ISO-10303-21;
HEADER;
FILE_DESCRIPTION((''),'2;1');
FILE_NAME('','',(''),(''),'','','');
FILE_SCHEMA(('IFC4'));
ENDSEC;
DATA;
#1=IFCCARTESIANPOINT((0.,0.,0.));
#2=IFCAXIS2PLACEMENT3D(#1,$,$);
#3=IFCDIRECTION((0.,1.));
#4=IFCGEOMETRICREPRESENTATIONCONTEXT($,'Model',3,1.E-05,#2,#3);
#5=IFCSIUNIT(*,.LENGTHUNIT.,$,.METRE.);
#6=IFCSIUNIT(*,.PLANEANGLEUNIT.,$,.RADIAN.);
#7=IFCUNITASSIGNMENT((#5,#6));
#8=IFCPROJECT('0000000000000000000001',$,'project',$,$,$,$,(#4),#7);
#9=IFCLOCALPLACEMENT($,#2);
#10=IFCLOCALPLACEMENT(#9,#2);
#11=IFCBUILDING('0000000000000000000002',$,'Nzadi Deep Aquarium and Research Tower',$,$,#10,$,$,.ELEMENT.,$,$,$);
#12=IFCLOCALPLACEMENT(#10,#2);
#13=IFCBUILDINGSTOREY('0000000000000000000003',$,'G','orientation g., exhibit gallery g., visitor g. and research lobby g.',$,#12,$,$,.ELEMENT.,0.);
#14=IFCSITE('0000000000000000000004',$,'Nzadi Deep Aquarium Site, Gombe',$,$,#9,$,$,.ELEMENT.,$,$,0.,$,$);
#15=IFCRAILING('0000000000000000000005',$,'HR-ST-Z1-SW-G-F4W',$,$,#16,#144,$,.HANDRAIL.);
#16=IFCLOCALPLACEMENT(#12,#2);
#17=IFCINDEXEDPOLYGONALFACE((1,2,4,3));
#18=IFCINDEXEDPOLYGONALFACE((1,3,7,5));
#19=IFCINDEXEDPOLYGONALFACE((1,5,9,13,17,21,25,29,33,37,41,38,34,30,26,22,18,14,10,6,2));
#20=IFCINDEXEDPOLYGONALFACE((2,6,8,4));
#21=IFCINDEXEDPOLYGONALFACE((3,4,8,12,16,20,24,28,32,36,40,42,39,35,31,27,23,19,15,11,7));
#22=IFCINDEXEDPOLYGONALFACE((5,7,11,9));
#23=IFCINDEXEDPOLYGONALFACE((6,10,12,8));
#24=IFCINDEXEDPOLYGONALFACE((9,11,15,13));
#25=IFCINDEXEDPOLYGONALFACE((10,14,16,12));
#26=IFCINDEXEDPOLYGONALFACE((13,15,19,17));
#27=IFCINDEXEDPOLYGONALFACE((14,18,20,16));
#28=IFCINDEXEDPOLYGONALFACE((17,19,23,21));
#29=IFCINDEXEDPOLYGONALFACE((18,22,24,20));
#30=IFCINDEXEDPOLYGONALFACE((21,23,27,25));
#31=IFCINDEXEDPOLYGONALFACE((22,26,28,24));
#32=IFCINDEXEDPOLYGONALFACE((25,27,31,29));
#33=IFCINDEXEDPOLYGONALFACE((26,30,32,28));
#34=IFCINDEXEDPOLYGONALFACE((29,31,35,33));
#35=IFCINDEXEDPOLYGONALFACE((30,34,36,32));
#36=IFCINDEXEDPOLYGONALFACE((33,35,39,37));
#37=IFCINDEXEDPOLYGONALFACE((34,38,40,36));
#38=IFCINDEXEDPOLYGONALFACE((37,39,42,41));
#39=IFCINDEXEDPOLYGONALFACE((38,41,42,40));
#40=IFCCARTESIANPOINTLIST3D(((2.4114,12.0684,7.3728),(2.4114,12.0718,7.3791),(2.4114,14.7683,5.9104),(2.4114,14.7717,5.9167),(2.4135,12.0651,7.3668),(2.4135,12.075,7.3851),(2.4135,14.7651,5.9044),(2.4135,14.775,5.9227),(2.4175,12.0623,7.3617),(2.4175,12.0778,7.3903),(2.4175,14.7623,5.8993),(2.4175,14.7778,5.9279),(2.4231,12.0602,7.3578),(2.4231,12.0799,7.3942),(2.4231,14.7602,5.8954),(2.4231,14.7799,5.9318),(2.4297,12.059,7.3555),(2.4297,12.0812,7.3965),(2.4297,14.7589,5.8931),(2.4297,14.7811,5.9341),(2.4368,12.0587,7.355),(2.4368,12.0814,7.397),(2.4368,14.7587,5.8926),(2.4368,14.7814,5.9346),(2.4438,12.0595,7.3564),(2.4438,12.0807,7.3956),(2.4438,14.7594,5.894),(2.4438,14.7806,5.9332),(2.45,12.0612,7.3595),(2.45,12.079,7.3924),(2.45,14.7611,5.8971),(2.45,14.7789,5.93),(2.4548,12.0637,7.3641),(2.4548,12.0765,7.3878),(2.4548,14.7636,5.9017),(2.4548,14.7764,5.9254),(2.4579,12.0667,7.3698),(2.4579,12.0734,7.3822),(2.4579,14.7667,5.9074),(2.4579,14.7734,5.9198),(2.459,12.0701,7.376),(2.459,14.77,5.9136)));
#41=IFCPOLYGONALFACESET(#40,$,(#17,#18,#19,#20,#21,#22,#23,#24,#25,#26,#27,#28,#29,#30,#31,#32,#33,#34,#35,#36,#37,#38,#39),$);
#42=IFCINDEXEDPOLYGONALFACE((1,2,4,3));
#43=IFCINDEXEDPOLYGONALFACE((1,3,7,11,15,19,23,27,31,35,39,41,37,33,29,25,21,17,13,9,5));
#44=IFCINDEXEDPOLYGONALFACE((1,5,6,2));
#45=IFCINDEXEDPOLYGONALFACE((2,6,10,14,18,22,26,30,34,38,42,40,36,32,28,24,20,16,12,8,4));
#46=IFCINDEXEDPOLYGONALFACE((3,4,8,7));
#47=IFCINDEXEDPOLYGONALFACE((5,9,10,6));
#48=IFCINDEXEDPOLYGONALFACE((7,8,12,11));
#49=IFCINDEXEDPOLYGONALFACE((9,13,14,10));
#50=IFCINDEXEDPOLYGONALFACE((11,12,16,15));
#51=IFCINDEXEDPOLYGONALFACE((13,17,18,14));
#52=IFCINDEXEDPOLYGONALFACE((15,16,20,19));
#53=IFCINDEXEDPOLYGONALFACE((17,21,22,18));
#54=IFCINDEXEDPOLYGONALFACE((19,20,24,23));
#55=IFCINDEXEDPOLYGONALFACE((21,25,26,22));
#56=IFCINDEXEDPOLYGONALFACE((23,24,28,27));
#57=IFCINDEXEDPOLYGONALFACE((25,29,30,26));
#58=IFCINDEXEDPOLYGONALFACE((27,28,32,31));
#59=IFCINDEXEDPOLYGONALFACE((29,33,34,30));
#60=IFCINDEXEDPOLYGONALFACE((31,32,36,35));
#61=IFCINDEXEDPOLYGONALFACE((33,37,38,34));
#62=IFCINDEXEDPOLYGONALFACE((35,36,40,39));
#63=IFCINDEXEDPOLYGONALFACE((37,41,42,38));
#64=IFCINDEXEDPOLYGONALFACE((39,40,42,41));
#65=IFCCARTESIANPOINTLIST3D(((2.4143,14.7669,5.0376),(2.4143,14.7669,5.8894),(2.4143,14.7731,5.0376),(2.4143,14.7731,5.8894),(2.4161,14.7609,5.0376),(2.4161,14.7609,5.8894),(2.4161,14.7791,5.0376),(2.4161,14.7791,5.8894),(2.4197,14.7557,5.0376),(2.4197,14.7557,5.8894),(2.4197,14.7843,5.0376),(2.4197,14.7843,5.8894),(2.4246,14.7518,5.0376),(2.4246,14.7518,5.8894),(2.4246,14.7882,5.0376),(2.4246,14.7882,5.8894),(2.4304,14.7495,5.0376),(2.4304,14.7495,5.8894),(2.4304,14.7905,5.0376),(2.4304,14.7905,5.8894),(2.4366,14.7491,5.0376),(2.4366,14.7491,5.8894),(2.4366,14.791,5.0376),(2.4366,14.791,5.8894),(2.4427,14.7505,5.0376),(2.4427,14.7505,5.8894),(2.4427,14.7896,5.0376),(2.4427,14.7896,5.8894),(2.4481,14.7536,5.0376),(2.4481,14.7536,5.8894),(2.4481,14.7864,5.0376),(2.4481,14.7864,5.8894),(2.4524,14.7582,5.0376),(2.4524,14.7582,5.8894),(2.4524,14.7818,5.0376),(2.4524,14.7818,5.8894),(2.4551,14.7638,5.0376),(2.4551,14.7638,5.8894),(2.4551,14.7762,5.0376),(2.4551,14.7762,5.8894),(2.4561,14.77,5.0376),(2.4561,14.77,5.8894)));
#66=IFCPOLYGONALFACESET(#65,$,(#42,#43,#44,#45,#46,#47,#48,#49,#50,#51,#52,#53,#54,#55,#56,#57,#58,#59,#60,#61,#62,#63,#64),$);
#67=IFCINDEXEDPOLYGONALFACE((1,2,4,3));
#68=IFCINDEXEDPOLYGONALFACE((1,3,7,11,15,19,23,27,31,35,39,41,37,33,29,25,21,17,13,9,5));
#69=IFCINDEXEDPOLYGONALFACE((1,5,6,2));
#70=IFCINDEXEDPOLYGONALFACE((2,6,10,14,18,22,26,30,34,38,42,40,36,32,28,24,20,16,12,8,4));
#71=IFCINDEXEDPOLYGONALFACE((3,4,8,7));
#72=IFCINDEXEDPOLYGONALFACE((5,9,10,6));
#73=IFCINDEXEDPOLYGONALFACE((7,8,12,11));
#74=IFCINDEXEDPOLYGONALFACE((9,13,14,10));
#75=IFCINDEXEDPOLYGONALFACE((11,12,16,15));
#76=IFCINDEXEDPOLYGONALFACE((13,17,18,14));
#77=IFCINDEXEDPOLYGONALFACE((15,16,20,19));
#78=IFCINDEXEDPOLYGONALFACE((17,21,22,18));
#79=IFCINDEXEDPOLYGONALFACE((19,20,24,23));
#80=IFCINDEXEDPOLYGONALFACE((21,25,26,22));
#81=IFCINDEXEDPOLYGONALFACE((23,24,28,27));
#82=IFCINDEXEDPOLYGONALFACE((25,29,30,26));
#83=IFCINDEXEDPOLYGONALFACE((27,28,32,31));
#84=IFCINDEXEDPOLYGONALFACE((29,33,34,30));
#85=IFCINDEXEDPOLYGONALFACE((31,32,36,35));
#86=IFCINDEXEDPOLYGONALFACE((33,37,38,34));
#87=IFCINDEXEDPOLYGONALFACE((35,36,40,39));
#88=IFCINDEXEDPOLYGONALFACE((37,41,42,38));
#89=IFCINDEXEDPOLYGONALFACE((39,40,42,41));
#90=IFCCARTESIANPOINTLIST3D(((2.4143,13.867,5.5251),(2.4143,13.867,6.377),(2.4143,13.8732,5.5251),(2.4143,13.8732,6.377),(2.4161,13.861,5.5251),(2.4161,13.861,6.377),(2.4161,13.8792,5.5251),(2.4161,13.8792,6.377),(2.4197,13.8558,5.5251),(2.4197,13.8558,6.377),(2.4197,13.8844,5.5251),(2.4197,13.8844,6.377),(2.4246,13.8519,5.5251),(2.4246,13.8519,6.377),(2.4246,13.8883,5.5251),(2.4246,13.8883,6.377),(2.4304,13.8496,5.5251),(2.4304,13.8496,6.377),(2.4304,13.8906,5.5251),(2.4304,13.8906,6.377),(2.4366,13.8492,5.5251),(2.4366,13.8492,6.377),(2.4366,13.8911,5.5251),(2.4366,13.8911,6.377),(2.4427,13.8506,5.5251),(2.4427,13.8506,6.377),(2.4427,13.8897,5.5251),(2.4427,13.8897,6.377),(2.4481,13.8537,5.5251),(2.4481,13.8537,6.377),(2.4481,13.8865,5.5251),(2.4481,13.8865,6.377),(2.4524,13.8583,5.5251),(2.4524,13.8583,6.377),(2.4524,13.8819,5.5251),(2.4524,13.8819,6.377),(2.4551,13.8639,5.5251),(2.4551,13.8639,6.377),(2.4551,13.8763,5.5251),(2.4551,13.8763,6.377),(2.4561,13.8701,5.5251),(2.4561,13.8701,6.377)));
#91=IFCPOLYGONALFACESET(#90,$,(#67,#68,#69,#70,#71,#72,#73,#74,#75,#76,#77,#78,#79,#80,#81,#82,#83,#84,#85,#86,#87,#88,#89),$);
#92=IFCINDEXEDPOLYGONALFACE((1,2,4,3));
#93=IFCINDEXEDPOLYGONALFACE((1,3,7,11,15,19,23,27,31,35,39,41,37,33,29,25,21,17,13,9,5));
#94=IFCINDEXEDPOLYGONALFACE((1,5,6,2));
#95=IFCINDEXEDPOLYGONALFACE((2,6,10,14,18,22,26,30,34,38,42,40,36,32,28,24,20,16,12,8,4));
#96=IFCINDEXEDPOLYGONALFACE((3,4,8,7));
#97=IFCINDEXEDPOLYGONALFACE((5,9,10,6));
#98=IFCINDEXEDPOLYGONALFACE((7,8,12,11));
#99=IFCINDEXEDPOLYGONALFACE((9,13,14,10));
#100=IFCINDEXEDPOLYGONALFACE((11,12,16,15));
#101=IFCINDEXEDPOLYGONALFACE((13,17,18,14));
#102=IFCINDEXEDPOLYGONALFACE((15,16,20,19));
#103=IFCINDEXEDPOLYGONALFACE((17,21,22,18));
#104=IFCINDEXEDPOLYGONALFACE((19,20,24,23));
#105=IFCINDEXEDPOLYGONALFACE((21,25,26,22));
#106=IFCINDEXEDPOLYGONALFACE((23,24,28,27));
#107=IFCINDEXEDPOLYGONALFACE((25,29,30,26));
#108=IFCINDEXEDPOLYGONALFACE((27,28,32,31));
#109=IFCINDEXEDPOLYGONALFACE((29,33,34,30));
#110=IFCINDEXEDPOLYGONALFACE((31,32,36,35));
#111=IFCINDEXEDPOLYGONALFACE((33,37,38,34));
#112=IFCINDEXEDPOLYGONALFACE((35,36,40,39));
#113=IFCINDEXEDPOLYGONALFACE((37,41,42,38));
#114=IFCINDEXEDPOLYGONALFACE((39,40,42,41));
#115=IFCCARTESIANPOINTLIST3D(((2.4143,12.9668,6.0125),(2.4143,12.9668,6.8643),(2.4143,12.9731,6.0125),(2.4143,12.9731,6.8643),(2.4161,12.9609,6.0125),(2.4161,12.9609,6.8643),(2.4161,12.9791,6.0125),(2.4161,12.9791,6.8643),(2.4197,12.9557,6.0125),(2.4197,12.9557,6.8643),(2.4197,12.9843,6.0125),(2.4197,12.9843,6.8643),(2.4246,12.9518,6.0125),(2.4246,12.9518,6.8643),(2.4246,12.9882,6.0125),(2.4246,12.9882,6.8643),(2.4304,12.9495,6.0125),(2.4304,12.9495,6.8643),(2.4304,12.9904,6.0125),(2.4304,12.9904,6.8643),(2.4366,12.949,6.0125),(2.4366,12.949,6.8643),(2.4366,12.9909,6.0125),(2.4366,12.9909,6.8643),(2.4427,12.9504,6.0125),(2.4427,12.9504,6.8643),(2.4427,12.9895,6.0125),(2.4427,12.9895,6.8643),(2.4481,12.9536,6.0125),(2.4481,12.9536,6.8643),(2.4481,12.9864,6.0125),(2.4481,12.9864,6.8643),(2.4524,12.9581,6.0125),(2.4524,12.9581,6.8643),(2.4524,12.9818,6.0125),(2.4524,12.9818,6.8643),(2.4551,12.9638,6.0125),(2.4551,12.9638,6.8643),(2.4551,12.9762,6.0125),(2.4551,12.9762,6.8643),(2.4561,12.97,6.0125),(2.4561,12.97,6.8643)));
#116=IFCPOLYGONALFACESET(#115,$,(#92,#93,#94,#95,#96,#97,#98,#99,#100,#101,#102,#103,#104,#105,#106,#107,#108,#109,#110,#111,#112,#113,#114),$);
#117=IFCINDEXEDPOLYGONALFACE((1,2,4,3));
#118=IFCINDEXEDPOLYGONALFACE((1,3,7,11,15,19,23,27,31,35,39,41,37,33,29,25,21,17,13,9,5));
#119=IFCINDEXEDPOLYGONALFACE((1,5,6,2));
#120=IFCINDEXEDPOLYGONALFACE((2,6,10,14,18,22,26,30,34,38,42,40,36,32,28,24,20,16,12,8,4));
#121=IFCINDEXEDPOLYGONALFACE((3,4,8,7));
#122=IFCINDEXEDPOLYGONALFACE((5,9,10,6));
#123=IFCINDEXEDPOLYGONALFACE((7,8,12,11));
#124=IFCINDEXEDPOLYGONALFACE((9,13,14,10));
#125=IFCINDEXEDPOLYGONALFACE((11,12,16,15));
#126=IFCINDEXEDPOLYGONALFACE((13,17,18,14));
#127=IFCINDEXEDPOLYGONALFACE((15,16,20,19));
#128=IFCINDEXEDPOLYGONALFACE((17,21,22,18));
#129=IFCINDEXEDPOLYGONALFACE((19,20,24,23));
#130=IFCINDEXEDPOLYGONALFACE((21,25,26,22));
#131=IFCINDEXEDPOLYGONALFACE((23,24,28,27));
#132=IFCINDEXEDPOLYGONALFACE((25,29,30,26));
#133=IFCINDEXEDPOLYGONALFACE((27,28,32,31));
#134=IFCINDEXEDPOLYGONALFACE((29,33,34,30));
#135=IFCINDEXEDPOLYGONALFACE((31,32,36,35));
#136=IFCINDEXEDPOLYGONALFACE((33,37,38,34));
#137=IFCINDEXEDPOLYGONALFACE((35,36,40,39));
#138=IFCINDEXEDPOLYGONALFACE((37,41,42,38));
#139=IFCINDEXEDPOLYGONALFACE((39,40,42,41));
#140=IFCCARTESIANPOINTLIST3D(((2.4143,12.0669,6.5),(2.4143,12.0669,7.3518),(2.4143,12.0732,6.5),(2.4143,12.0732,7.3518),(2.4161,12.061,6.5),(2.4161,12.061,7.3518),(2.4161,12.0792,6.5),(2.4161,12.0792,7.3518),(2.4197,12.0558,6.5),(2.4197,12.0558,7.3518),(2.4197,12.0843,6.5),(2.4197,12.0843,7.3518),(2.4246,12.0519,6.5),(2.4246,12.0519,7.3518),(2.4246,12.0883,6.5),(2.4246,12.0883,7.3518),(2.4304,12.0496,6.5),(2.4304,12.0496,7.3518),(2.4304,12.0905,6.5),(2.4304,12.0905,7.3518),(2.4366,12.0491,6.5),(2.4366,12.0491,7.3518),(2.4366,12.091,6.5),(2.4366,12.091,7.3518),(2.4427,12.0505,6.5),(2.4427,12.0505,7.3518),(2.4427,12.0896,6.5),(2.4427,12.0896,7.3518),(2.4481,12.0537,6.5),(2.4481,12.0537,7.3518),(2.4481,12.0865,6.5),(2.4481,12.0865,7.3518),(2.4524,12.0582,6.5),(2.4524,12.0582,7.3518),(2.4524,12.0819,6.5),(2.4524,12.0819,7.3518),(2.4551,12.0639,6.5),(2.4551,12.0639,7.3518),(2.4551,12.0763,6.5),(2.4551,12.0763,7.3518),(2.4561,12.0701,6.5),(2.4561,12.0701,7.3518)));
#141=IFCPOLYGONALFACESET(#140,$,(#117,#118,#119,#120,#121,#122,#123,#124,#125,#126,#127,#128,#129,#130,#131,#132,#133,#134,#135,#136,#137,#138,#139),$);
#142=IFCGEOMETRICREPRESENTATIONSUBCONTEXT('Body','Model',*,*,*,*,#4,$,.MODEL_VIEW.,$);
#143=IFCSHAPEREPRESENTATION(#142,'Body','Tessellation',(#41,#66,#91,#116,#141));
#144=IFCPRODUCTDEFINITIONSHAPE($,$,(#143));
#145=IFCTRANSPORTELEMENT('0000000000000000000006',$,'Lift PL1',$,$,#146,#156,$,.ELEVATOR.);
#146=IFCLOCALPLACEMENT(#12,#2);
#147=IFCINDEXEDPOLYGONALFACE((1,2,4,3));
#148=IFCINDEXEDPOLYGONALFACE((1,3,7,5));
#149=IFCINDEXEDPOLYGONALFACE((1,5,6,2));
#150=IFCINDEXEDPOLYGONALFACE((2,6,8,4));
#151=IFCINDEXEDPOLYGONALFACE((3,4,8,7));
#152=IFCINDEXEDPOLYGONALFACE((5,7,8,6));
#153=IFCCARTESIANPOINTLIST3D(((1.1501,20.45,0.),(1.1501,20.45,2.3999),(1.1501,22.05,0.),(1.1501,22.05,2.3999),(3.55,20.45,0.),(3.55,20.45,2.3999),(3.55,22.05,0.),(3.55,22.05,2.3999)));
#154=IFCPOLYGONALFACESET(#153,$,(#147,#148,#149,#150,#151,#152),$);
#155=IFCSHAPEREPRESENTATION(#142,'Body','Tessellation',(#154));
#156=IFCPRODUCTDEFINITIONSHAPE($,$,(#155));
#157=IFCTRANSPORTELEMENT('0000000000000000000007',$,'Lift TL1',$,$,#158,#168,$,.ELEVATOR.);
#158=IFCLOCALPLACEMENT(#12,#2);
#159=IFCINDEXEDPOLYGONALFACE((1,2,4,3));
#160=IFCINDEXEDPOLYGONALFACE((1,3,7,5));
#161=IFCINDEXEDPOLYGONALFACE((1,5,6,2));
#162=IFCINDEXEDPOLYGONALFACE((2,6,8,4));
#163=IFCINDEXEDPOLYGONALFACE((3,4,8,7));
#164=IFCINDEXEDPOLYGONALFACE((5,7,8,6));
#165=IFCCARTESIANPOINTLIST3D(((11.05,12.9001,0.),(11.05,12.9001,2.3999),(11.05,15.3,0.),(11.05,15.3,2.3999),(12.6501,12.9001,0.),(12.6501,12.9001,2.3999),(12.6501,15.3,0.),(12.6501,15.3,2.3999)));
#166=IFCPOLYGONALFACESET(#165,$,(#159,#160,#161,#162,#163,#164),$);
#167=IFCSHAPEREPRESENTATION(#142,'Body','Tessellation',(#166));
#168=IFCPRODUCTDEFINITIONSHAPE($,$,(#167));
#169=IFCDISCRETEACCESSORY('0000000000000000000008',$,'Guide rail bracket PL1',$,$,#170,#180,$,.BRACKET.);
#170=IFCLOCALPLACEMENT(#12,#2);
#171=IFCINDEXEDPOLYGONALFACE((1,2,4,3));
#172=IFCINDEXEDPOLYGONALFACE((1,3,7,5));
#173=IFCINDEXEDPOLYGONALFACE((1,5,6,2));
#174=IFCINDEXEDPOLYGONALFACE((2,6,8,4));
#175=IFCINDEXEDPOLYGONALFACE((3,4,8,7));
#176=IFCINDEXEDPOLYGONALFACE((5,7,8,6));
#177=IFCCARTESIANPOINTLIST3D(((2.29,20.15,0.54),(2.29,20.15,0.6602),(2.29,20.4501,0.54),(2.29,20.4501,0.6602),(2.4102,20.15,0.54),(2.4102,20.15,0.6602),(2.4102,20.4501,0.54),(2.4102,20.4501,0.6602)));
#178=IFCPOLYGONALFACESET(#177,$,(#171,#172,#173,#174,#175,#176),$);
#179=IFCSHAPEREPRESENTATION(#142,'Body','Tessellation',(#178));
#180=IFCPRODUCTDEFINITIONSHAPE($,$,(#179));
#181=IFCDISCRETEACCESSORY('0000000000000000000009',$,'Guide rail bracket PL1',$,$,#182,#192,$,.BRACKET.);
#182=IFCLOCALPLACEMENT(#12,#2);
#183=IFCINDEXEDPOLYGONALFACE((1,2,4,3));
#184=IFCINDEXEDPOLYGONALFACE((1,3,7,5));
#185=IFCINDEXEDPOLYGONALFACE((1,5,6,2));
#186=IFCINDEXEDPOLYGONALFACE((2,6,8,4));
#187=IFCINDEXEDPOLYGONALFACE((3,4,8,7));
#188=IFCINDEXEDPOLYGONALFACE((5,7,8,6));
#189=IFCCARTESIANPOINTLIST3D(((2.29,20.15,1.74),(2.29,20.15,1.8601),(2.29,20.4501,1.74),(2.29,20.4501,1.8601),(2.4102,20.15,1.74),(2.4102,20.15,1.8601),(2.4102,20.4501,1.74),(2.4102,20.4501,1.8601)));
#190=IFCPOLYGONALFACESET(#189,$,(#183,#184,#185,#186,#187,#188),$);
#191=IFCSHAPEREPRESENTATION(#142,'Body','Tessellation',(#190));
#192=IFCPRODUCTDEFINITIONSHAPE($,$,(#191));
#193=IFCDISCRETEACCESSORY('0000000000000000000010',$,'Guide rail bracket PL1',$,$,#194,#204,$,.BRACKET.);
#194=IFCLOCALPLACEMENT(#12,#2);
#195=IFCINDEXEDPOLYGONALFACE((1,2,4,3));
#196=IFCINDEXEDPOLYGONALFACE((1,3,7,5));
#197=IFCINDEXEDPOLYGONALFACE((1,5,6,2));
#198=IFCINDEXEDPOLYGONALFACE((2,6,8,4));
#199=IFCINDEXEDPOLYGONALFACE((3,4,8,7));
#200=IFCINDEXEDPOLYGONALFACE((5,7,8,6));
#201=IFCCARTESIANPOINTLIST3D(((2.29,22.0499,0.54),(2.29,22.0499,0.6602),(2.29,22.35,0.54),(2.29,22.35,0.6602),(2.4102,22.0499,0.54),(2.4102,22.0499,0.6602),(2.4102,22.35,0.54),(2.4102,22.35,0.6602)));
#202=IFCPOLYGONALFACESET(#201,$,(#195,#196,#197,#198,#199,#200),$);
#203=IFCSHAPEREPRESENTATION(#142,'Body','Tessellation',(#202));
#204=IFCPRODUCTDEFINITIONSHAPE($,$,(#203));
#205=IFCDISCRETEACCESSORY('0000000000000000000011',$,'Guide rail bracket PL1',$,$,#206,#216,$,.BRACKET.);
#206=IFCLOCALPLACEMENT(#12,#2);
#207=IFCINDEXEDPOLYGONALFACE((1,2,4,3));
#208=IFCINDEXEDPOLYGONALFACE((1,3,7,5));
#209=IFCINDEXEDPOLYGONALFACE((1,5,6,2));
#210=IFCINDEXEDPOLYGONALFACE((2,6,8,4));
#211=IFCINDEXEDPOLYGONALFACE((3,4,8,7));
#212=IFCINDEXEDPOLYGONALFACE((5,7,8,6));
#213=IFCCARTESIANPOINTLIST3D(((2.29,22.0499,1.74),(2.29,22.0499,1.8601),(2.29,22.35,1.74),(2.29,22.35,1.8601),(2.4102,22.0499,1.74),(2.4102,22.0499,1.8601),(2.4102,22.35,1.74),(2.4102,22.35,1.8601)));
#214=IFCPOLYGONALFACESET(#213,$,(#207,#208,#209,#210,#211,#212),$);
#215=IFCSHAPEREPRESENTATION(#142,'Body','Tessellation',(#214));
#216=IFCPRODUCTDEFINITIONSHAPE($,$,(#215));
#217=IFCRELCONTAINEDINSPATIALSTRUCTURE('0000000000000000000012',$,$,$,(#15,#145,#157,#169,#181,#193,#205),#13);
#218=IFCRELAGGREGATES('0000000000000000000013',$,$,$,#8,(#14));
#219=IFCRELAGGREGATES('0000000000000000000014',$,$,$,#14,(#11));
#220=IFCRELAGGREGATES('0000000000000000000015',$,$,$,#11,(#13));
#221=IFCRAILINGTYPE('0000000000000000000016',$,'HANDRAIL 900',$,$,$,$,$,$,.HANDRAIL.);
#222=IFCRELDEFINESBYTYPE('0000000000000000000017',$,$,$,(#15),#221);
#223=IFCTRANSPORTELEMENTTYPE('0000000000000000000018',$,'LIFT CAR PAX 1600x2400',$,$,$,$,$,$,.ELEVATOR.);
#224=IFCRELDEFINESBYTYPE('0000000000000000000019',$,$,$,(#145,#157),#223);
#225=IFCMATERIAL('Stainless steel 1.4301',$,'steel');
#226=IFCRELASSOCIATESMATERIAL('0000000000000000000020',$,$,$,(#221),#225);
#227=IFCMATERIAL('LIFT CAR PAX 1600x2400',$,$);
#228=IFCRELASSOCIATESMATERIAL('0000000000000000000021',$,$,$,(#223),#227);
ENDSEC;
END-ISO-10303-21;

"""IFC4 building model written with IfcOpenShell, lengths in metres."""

from ifc_helpers import new_model, si_unit, direction, frame, origin, origin_2d, place, context, subcontext, project, spatial, rectangle, circle, extrude, material, type_object, element, save


model = new_model("IFC4")

# Units and contexts
model_context = context("Model", 3, precision=1e-05, world=origin(), true_north=direction((0.0, 1.0)))
body_context = subcontext(model_context, "Body", "Model", "MODEL_VIEW")
ifc_project = project(units=[si_unit("LENGTHUNIT", "METRE"), si_unit("PLANEANGLEUNIT", "RADIAN")], contexts=[model_context])

# Site, building, storey
site_placement = place(None, origin())
site = spatial("IfcSite", under=ifc_project, at=site_placement, Name="Nzadi Deep Aquarium Site, Gombe", CompositionType="ELEMENT", RefElevation=0.0)
building_placement = place(site_placement, origin())
building = spatial("IfcBuilding", under=site, at=building_placement, Name="Nzadi Deep Aquarium and Research Tower", CompositionType="ELEMENT")
storey_placement = place(building_placement, origin())
storey = spatial("IfcBuildingStorey", under=building, at=storey_placement, Name="G", Description="orientation g., exhibit gallery g., visitor g. and research lobby g.", CompositionType="ELEMENT", Elevation=0.0)

# Railing
ifc_material_1 = material(Name="Stainless steel 1.4301", Category="steel")
railing_type = type_object("IfcRailingType", Name="HANDRAIL 900", PredefinedType="HANDRAIL", material=ifc_material_1)
for number, where, name in (
    (1, (2.4351, 14.77, 5.0376), "HR-ST-Z1-SW-G-F4W"),
):
    element("IfcRailing", number, at=place(storey_placement, frame(where)), inside=storey, type_object=railing_type, Name=name, PredefinedType="HANDRAIL", context=body_context, shape_type="SweptSolid", body=[
        extrude(circle(Radius=0.0239, at=origin_2d()), frame((0.0, 0.0, 0.876), z_axis=(0.0, -0.879302, 0.476265), x_axis=(1.0, 0.0, 0.0)), (0.0, 0.0, 1.0), 3.0706),
        extrude(circle(Radius=0.021, at=origin_2d()), origin(), (0.0, 0.0, 1.0), 0.8518),
        extrude(circle(Radius=0.021, at=origin_2d()), frame((0.0, -0.8999, 0.4875)), (0.0, 0.0, 1.0), 0.8518),
        extrude(circle(Radius=0.021, at=origin_2d()), frame((0.0, -1.8, 0.9749)), (0.0, 0.0, 1.0), 0.8518),
        extrude(circle(Radius=0.021, at=origin_2d()), frame((0.0, -2.7, 1.4624)), (0.0, 0.0, 1.0), 0.8518),
    ])

# Transport elements
ifc_material_2 = material(Name="LIFT CAR PAX 1600x2400")
transport_element_type = type_object("IfcTransportElementType", Name="LIFT CAR PAX 1600x2400", PredefinedType="ELEVATOR", material=ifc_material_2)
transport_element_1_placement = place(storey_placement, frame((2.3501, 21.25, 0.0), z_axis=(0.0, 0.0, 1.0), x_axis=(1.0, 0.0, 0.0)))
element("IfcTransportElement", 2, at=transport_element_1_placement, inside=storey, type_object=transport_element_type, Name="Lift PL1", PredefinedType="ELEVATOR", context=body_context, shape_type="SweptSolid", body=[
    extrude(rectangle(XDim=2.3999, YDim=1.6001, at=origin_2d()), origin(), (0.0, 0.0, 1.0), 2.3999),
])
transport_element_2_placement = place(storey_placement, frame((11.8501, 14.1001, 0.0), z_axis=(0.0, 0.0, 1.0), x_axis=(1.0, 0.0, 0.0)))
element("IfcTransportElement", 3, at=transport_element_2_placement, inside=storey, type_object=transport_element_type, Name="Lift TL1", PredefinedType="ELEVATOR", context=body_context, shape_type="SweptSolid", body=[
    extrude(rectangle(XDim=1.6001, YDim=2.3999, at=origin_2d()), origin(), (0.0, 0.0, 1.0), 2.3999),
])

# Discrete accessories
for number, where, z_axis, x_axis, name in (
    (4, (2.3501, 20.3, 0.54), (0.0, 0.0, 1.0), (1.0, 0.0, 0.0), "Guide rail bracket PL1"),
    (5, (2.3501, 20.3, 1.74), (0.0, 0.0, 1.0), (1.0, 0.0, 0.0), "Guide rail bracket PL1"),
    (6, (2.3501, 22.2, 0.54), (0.0, 0.0, 1.0), (1.0, 0.0, 0.0), "Guide rail bracket PL1"),
    (7, (2.3501, 22.2, 1.74), (0.0, 0.0, 1.0), (1.0, 0.0, 0.0), "Guide rail bracket PL1"),
):
    element("IfcDiscreteAccessory", number, at=place(storey_placement, frame(where, z_axis=z_axis, x_axis=x_axis)), inside=storey, Name=name, PredefinedType="BRACKET", context=body_context, shape_type="SweptSolid", body=[
        extrude(rectangle(XDim=0.1201, YDim=0.3, at=origin_2d()), origin(), (0.0, 0.0, 1.0), 0.1201),
    ])

save(model, "model.ifc")
